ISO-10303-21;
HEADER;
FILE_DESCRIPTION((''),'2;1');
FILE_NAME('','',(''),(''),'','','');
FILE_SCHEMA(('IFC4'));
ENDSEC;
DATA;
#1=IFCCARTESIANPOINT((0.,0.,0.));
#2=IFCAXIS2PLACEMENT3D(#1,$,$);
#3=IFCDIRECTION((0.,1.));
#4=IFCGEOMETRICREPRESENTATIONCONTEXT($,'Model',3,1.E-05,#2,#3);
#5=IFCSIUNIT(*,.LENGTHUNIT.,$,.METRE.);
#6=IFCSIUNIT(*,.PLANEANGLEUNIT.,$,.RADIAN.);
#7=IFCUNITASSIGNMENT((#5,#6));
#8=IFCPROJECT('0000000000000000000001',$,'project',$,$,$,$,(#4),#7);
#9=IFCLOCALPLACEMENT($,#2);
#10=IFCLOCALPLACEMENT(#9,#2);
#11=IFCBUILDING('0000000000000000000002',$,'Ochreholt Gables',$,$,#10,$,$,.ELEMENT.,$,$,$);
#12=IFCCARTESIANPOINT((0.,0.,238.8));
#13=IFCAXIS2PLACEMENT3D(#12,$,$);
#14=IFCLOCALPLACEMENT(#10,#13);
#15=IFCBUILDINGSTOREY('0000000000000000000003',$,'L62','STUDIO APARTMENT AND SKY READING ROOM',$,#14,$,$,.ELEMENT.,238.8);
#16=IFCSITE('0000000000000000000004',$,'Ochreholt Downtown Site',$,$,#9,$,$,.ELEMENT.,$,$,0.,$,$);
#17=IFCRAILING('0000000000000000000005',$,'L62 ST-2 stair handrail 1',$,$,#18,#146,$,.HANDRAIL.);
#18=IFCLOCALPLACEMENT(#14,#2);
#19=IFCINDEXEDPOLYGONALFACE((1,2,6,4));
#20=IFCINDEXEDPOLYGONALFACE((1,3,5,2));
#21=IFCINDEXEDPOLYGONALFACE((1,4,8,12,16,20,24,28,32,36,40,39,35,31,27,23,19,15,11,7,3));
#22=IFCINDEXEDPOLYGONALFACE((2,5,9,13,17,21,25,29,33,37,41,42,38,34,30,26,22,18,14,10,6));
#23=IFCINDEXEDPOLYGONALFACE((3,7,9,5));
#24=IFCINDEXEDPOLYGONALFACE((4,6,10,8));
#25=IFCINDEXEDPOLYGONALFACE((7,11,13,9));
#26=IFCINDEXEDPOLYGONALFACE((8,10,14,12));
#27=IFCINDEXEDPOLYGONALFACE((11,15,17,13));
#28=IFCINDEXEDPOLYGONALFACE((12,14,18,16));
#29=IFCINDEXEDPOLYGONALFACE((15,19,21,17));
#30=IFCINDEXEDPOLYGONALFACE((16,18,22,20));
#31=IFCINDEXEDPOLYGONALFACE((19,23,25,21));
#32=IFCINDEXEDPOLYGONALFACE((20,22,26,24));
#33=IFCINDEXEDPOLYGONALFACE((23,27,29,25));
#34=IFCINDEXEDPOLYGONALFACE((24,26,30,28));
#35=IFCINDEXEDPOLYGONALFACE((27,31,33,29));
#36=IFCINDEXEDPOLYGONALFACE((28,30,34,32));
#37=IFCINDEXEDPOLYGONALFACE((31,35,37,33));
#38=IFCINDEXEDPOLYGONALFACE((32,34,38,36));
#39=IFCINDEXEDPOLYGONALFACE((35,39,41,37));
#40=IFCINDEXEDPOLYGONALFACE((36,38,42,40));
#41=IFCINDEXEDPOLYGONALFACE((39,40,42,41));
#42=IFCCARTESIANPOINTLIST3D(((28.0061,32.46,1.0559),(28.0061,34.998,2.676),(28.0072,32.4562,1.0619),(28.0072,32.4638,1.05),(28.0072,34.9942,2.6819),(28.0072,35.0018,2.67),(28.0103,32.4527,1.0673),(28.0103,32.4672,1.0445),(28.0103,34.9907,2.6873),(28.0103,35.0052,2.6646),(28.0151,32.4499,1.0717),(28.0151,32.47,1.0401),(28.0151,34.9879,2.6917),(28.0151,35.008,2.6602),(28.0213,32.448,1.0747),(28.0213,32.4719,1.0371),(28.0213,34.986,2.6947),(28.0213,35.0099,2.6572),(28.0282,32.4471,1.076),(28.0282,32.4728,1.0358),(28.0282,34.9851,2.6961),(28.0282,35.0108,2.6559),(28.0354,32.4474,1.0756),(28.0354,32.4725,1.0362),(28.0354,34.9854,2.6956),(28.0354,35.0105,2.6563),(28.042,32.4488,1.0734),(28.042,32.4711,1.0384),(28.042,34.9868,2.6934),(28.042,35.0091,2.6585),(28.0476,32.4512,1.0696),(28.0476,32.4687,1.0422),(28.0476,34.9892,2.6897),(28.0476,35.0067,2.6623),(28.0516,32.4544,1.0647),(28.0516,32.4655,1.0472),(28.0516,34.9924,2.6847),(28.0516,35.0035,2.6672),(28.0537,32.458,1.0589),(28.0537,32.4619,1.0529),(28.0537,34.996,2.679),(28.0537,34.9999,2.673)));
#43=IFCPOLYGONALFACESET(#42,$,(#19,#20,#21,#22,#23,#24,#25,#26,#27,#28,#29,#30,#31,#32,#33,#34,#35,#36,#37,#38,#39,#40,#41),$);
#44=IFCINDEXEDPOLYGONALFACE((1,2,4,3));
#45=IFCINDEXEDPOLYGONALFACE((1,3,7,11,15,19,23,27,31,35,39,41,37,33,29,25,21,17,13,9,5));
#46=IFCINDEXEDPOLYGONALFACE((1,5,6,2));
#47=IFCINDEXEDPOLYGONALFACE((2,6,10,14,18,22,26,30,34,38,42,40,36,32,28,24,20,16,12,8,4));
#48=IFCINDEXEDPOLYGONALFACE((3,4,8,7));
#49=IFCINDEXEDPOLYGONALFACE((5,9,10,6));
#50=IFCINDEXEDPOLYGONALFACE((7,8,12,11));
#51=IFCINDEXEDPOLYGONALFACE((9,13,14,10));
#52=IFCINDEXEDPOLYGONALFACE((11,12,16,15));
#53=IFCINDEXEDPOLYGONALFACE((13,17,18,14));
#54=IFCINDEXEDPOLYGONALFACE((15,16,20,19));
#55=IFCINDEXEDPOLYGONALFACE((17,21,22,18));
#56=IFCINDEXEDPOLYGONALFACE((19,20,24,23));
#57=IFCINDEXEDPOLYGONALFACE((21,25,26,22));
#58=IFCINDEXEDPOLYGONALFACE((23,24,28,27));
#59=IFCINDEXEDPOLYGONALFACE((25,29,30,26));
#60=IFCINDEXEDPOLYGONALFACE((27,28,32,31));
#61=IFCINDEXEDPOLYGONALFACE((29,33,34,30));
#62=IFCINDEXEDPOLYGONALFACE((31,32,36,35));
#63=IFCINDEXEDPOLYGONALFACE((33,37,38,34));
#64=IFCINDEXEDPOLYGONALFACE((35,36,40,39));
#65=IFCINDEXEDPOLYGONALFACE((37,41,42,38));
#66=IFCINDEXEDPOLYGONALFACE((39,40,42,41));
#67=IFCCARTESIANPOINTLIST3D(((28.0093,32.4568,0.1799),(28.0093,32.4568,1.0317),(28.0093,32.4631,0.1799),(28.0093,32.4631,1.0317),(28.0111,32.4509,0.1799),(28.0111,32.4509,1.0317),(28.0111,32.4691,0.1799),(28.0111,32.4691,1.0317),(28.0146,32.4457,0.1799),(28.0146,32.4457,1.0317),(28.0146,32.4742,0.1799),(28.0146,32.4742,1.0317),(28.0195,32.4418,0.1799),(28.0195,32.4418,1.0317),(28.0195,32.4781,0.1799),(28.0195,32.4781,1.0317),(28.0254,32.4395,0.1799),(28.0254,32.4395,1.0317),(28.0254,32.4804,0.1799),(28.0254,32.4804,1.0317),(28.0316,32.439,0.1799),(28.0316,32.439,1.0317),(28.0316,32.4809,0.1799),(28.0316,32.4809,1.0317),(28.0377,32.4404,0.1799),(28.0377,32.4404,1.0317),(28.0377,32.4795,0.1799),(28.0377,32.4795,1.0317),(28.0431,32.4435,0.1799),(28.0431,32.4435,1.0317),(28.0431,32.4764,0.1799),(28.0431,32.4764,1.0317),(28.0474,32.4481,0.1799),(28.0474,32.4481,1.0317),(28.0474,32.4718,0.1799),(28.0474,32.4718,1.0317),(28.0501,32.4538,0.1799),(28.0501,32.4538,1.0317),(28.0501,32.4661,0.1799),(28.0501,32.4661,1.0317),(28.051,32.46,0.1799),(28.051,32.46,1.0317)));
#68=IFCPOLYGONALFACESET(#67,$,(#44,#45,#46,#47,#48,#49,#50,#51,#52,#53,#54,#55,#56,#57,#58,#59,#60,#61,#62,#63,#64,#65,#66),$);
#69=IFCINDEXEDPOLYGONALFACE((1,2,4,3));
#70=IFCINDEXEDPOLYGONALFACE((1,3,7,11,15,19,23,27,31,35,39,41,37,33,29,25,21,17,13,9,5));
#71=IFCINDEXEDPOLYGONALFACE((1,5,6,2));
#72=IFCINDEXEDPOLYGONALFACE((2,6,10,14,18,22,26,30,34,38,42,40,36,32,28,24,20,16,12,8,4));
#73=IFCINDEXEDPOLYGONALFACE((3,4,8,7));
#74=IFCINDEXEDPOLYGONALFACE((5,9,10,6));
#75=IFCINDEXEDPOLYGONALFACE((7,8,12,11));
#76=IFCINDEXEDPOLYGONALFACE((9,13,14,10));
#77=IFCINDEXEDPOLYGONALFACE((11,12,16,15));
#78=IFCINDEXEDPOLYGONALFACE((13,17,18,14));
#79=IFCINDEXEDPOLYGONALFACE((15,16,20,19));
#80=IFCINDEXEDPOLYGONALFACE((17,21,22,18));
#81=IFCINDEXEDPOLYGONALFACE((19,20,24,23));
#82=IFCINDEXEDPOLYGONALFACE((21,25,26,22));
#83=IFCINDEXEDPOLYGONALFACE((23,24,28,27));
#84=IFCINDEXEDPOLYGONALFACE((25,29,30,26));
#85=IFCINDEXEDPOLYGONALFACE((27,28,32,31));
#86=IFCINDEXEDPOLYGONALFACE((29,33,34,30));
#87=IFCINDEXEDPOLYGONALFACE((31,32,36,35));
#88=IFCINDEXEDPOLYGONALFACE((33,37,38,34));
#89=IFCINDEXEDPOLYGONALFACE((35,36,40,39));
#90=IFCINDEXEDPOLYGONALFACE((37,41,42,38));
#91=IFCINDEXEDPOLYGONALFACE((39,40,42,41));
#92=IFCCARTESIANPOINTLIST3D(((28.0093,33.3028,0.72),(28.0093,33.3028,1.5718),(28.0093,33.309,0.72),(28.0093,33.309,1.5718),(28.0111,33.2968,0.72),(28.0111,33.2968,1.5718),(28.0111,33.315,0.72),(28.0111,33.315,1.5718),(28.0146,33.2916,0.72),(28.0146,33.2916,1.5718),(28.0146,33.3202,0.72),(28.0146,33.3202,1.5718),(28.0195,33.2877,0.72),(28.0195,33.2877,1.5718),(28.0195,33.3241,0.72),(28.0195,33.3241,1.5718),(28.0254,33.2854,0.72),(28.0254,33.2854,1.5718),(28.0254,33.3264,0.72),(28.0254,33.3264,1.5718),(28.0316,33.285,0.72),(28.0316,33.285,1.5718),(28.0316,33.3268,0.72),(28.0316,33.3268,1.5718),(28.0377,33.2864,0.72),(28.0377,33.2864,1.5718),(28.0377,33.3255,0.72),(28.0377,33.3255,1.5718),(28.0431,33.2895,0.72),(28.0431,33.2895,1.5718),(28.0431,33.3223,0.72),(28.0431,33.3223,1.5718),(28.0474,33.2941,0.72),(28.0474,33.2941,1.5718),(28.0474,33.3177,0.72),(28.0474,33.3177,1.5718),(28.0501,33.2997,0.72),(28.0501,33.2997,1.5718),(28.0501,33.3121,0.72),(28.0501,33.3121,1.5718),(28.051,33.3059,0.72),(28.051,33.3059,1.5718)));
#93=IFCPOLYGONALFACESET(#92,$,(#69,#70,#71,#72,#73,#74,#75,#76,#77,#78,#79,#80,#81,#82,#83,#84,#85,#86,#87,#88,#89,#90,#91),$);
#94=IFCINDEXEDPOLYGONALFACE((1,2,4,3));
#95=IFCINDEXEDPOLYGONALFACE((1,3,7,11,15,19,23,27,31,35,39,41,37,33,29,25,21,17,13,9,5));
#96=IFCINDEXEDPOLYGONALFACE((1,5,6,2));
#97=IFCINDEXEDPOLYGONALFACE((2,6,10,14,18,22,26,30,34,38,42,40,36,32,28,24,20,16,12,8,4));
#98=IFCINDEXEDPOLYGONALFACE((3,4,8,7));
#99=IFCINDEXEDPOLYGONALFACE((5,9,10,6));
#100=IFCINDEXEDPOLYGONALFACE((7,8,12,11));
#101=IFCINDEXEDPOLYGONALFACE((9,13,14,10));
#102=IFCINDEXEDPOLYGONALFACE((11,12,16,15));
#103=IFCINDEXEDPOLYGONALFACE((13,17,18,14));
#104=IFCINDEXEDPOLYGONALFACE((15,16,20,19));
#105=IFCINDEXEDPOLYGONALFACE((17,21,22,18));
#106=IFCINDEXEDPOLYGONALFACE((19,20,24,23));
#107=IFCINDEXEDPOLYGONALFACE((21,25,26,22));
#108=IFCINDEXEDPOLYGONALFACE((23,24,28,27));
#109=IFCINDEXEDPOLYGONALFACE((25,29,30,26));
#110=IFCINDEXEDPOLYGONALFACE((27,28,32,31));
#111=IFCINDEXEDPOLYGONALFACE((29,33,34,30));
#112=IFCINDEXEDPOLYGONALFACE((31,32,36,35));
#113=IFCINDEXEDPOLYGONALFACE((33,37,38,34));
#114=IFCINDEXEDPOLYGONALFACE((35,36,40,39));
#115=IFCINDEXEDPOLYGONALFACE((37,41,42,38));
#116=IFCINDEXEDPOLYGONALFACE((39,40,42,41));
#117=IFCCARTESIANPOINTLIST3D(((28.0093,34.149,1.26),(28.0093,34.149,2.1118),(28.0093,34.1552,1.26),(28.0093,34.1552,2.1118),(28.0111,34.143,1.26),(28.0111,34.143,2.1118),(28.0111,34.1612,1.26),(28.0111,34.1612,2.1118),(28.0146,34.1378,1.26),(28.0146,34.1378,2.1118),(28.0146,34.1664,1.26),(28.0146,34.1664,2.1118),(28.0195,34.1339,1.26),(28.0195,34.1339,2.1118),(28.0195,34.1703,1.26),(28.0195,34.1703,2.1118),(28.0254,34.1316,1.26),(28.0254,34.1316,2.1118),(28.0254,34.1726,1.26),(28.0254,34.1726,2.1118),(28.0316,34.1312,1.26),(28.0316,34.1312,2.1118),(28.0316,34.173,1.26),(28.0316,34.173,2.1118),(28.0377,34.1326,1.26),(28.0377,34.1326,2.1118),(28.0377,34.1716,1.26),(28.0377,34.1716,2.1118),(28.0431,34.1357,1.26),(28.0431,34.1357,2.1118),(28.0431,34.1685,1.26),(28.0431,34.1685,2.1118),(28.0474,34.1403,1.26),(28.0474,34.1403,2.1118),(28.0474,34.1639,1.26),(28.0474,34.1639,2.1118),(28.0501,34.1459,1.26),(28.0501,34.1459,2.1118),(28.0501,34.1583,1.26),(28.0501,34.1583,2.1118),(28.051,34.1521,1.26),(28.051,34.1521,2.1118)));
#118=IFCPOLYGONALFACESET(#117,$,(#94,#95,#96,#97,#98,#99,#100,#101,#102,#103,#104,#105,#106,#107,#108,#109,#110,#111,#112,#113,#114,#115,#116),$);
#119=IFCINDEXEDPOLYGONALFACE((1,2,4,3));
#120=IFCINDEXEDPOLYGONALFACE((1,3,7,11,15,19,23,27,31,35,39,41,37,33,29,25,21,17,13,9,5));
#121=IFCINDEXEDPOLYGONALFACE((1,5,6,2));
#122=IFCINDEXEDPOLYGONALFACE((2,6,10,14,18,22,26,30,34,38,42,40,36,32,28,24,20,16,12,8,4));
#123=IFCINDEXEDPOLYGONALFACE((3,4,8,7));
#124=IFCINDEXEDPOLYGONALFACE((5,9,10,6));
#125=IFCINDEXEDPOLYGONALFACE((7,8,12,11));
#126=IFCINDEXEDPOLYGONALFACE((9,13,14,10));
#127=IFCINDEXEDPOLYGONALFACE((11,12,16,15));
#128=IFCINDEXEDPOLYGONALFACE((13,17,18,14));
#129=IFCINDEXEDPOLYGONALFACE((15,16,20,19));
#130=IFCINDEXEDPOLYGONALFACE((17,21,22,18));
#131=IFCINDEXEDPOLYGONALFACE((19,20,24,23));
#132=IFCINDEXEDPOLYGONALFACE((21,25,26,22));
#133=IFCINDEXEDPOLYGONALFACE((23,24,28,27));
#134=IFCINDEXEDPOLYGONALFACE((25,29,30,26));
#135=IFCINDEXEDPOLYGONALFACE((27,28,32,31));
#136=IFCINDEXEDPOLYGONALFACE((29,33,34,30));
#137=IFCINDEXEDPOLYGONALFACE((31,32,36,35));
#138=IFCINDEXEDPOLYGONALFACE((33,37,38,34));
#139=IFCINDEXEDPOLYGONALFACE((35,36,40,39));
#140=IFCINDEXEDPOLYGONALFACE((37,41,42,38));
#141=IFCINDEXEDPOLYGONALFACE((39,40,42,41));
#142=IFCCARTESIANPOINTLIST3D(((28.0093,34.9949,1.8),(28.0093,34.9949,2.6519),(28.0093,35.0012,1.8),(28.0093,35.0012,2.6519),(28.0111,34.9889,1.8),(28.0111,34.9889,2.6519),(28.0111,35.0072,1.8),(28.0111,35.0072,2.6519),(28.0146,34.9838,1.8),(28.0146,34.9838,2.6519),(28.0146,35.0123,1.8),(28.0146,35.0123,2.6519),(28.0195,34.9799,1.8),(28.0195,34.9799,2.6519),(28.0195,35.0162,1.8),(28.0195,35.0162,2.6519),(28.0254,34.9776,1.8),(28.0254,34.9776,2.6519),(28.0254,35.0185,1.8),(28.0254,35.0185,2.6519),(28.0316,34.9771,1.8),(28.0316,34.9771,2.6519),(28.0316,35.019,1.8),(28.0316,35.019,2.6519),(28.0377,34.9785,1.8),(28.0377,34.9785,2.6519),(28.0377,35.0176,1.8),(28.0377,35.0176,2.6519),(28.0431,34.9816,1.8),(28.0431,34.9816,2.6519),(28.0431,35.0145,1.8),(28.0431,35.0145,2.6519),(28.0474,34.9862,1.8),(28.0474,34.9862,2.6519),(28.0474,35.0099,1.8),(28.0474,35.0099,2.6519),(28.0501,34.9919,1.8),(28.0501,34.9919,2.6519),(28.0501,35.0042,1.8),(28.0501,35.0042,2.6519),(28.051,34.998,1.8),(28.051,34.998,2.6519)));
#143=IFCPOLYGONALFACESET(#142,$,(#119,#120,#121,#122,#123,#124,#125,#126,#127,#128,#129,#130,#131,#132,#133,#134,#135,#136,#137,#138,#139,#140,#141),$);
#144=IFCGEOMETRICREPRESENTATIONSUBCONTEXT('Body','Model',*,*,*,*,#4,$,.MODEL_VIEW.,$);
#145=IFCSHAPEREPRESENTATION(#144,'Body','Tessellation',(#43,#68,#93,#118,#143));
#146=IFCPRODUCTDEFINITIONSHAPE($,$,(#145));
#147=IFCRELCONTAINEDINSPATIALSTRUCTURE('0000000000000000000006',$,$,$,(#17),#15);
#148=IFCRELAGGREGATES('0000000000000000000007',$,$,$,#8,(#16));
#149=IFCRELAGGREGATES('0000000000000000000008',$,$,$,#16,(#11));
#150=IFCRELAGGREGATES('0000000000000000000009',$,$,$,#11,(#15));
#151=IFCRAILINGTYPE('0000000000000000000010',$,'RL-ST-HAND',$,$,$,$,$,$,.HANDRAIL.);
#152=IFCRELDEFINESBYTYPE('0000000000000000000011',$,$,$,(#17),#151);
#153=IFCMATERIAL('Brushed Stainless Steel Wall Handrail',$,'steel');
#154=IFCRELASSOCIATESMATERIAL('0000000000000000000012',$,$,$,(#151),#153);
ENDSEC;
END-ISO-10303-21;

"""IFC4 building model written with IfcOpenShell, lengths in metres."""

from ifc_helpers import new_model, si_unit, direction, frame, origin, origin_2d, place, context, subcontext, project, spatial, circle, extrude, material, type_object, element, save


model = new_model("IFC4")

# Units and contexts
model_context = context("Model", 3, precision=1e-05, world=origin(), true_north=direction((0.0, 1.0)))
body_context = subcontext(model_context, "Body", "Model", "MODEL_VIEW")
ifc_project = project(units=[si_unit("LENGTHUNIT", "METRE"), si_unit("PLANEANGLEUNIT", "RADIAN")], contexts=[model_context])

# Site, building, storey
site_placement = place(None, origin())
site = spatial("IfcSite", under=ifc_project, at=site_placement, Name="Ochreholt Downtown Site", CompositionType="ELEMENT", RefElevation=0.0)
building_placement = place(site_placement, origin())
building = spatial("IfcBuilding", under=site, at=building_placement, Name="Ochreholt Gables", CompositionType="ELEMENT")
storey_placement = place(building_placement, frame((0.0, 0.0, 238.8)))
storey = spatial("IfcBuildingStorey", under=building, at=storey_placement, Name="L62", Description="STUDIO APARTMENT AND SKY READING ROOM", CompositionType="ELEMENT", Elevation=238.8)

# Railing
ifc_material_1 = material(Name="Brushed Stainless Steel Wall Handrail", Category="steel")
railing_type_1 = type_object("IfcRailingType", Name="RL-ST-HAND", PredefinedType="HANDRAIL", material=ifc_material_1)
railing_1_placement = place(storey_placement, frame((28.03, 32.46, 0.1799)))
element("IfcRailing", 1, at=railing_1_placement, inside=storey, type_object=railing_type_1, Name="L62 ST-2 stair handrail 1", PredefinedType="HANDRAIL", context=body_context, shape_type="SweptSolid", body=[
    extrude(circle(Radius=0.0239, at=origin_2d()), frame((0.0, 0.0, 0.876), z_axis=(0.0, 0.842913, 0.53805), x_axis=(-1.0, 0.0, 0.0)), (0.0, 0.0, 1.0), 3.011),
    extrude(circle(Radius=0.021, at=origin_2d()), origin(), (0.0, 0.0, 1.0), 0.8518),
    extrude(circle(Radius=0.021, at=origin_2d()), frame((0.0, 0.8459, 0.54)), (0.0, 0.0, 1.0), 0.8518),
    extrude(circle(Radius=0.021, at=origin_2d()), frame((0.0, 1.6921, 1.0801)), (0.0, 0.0, 1.0), 0.8518),
    extrude(circle(Radius=0.021, at=origin_2d()), frame((0.0, 2.5381, 1.6201)), (0.0, 0.0, 1.0), 0.8518),
])

save(model, "model.ifc")
